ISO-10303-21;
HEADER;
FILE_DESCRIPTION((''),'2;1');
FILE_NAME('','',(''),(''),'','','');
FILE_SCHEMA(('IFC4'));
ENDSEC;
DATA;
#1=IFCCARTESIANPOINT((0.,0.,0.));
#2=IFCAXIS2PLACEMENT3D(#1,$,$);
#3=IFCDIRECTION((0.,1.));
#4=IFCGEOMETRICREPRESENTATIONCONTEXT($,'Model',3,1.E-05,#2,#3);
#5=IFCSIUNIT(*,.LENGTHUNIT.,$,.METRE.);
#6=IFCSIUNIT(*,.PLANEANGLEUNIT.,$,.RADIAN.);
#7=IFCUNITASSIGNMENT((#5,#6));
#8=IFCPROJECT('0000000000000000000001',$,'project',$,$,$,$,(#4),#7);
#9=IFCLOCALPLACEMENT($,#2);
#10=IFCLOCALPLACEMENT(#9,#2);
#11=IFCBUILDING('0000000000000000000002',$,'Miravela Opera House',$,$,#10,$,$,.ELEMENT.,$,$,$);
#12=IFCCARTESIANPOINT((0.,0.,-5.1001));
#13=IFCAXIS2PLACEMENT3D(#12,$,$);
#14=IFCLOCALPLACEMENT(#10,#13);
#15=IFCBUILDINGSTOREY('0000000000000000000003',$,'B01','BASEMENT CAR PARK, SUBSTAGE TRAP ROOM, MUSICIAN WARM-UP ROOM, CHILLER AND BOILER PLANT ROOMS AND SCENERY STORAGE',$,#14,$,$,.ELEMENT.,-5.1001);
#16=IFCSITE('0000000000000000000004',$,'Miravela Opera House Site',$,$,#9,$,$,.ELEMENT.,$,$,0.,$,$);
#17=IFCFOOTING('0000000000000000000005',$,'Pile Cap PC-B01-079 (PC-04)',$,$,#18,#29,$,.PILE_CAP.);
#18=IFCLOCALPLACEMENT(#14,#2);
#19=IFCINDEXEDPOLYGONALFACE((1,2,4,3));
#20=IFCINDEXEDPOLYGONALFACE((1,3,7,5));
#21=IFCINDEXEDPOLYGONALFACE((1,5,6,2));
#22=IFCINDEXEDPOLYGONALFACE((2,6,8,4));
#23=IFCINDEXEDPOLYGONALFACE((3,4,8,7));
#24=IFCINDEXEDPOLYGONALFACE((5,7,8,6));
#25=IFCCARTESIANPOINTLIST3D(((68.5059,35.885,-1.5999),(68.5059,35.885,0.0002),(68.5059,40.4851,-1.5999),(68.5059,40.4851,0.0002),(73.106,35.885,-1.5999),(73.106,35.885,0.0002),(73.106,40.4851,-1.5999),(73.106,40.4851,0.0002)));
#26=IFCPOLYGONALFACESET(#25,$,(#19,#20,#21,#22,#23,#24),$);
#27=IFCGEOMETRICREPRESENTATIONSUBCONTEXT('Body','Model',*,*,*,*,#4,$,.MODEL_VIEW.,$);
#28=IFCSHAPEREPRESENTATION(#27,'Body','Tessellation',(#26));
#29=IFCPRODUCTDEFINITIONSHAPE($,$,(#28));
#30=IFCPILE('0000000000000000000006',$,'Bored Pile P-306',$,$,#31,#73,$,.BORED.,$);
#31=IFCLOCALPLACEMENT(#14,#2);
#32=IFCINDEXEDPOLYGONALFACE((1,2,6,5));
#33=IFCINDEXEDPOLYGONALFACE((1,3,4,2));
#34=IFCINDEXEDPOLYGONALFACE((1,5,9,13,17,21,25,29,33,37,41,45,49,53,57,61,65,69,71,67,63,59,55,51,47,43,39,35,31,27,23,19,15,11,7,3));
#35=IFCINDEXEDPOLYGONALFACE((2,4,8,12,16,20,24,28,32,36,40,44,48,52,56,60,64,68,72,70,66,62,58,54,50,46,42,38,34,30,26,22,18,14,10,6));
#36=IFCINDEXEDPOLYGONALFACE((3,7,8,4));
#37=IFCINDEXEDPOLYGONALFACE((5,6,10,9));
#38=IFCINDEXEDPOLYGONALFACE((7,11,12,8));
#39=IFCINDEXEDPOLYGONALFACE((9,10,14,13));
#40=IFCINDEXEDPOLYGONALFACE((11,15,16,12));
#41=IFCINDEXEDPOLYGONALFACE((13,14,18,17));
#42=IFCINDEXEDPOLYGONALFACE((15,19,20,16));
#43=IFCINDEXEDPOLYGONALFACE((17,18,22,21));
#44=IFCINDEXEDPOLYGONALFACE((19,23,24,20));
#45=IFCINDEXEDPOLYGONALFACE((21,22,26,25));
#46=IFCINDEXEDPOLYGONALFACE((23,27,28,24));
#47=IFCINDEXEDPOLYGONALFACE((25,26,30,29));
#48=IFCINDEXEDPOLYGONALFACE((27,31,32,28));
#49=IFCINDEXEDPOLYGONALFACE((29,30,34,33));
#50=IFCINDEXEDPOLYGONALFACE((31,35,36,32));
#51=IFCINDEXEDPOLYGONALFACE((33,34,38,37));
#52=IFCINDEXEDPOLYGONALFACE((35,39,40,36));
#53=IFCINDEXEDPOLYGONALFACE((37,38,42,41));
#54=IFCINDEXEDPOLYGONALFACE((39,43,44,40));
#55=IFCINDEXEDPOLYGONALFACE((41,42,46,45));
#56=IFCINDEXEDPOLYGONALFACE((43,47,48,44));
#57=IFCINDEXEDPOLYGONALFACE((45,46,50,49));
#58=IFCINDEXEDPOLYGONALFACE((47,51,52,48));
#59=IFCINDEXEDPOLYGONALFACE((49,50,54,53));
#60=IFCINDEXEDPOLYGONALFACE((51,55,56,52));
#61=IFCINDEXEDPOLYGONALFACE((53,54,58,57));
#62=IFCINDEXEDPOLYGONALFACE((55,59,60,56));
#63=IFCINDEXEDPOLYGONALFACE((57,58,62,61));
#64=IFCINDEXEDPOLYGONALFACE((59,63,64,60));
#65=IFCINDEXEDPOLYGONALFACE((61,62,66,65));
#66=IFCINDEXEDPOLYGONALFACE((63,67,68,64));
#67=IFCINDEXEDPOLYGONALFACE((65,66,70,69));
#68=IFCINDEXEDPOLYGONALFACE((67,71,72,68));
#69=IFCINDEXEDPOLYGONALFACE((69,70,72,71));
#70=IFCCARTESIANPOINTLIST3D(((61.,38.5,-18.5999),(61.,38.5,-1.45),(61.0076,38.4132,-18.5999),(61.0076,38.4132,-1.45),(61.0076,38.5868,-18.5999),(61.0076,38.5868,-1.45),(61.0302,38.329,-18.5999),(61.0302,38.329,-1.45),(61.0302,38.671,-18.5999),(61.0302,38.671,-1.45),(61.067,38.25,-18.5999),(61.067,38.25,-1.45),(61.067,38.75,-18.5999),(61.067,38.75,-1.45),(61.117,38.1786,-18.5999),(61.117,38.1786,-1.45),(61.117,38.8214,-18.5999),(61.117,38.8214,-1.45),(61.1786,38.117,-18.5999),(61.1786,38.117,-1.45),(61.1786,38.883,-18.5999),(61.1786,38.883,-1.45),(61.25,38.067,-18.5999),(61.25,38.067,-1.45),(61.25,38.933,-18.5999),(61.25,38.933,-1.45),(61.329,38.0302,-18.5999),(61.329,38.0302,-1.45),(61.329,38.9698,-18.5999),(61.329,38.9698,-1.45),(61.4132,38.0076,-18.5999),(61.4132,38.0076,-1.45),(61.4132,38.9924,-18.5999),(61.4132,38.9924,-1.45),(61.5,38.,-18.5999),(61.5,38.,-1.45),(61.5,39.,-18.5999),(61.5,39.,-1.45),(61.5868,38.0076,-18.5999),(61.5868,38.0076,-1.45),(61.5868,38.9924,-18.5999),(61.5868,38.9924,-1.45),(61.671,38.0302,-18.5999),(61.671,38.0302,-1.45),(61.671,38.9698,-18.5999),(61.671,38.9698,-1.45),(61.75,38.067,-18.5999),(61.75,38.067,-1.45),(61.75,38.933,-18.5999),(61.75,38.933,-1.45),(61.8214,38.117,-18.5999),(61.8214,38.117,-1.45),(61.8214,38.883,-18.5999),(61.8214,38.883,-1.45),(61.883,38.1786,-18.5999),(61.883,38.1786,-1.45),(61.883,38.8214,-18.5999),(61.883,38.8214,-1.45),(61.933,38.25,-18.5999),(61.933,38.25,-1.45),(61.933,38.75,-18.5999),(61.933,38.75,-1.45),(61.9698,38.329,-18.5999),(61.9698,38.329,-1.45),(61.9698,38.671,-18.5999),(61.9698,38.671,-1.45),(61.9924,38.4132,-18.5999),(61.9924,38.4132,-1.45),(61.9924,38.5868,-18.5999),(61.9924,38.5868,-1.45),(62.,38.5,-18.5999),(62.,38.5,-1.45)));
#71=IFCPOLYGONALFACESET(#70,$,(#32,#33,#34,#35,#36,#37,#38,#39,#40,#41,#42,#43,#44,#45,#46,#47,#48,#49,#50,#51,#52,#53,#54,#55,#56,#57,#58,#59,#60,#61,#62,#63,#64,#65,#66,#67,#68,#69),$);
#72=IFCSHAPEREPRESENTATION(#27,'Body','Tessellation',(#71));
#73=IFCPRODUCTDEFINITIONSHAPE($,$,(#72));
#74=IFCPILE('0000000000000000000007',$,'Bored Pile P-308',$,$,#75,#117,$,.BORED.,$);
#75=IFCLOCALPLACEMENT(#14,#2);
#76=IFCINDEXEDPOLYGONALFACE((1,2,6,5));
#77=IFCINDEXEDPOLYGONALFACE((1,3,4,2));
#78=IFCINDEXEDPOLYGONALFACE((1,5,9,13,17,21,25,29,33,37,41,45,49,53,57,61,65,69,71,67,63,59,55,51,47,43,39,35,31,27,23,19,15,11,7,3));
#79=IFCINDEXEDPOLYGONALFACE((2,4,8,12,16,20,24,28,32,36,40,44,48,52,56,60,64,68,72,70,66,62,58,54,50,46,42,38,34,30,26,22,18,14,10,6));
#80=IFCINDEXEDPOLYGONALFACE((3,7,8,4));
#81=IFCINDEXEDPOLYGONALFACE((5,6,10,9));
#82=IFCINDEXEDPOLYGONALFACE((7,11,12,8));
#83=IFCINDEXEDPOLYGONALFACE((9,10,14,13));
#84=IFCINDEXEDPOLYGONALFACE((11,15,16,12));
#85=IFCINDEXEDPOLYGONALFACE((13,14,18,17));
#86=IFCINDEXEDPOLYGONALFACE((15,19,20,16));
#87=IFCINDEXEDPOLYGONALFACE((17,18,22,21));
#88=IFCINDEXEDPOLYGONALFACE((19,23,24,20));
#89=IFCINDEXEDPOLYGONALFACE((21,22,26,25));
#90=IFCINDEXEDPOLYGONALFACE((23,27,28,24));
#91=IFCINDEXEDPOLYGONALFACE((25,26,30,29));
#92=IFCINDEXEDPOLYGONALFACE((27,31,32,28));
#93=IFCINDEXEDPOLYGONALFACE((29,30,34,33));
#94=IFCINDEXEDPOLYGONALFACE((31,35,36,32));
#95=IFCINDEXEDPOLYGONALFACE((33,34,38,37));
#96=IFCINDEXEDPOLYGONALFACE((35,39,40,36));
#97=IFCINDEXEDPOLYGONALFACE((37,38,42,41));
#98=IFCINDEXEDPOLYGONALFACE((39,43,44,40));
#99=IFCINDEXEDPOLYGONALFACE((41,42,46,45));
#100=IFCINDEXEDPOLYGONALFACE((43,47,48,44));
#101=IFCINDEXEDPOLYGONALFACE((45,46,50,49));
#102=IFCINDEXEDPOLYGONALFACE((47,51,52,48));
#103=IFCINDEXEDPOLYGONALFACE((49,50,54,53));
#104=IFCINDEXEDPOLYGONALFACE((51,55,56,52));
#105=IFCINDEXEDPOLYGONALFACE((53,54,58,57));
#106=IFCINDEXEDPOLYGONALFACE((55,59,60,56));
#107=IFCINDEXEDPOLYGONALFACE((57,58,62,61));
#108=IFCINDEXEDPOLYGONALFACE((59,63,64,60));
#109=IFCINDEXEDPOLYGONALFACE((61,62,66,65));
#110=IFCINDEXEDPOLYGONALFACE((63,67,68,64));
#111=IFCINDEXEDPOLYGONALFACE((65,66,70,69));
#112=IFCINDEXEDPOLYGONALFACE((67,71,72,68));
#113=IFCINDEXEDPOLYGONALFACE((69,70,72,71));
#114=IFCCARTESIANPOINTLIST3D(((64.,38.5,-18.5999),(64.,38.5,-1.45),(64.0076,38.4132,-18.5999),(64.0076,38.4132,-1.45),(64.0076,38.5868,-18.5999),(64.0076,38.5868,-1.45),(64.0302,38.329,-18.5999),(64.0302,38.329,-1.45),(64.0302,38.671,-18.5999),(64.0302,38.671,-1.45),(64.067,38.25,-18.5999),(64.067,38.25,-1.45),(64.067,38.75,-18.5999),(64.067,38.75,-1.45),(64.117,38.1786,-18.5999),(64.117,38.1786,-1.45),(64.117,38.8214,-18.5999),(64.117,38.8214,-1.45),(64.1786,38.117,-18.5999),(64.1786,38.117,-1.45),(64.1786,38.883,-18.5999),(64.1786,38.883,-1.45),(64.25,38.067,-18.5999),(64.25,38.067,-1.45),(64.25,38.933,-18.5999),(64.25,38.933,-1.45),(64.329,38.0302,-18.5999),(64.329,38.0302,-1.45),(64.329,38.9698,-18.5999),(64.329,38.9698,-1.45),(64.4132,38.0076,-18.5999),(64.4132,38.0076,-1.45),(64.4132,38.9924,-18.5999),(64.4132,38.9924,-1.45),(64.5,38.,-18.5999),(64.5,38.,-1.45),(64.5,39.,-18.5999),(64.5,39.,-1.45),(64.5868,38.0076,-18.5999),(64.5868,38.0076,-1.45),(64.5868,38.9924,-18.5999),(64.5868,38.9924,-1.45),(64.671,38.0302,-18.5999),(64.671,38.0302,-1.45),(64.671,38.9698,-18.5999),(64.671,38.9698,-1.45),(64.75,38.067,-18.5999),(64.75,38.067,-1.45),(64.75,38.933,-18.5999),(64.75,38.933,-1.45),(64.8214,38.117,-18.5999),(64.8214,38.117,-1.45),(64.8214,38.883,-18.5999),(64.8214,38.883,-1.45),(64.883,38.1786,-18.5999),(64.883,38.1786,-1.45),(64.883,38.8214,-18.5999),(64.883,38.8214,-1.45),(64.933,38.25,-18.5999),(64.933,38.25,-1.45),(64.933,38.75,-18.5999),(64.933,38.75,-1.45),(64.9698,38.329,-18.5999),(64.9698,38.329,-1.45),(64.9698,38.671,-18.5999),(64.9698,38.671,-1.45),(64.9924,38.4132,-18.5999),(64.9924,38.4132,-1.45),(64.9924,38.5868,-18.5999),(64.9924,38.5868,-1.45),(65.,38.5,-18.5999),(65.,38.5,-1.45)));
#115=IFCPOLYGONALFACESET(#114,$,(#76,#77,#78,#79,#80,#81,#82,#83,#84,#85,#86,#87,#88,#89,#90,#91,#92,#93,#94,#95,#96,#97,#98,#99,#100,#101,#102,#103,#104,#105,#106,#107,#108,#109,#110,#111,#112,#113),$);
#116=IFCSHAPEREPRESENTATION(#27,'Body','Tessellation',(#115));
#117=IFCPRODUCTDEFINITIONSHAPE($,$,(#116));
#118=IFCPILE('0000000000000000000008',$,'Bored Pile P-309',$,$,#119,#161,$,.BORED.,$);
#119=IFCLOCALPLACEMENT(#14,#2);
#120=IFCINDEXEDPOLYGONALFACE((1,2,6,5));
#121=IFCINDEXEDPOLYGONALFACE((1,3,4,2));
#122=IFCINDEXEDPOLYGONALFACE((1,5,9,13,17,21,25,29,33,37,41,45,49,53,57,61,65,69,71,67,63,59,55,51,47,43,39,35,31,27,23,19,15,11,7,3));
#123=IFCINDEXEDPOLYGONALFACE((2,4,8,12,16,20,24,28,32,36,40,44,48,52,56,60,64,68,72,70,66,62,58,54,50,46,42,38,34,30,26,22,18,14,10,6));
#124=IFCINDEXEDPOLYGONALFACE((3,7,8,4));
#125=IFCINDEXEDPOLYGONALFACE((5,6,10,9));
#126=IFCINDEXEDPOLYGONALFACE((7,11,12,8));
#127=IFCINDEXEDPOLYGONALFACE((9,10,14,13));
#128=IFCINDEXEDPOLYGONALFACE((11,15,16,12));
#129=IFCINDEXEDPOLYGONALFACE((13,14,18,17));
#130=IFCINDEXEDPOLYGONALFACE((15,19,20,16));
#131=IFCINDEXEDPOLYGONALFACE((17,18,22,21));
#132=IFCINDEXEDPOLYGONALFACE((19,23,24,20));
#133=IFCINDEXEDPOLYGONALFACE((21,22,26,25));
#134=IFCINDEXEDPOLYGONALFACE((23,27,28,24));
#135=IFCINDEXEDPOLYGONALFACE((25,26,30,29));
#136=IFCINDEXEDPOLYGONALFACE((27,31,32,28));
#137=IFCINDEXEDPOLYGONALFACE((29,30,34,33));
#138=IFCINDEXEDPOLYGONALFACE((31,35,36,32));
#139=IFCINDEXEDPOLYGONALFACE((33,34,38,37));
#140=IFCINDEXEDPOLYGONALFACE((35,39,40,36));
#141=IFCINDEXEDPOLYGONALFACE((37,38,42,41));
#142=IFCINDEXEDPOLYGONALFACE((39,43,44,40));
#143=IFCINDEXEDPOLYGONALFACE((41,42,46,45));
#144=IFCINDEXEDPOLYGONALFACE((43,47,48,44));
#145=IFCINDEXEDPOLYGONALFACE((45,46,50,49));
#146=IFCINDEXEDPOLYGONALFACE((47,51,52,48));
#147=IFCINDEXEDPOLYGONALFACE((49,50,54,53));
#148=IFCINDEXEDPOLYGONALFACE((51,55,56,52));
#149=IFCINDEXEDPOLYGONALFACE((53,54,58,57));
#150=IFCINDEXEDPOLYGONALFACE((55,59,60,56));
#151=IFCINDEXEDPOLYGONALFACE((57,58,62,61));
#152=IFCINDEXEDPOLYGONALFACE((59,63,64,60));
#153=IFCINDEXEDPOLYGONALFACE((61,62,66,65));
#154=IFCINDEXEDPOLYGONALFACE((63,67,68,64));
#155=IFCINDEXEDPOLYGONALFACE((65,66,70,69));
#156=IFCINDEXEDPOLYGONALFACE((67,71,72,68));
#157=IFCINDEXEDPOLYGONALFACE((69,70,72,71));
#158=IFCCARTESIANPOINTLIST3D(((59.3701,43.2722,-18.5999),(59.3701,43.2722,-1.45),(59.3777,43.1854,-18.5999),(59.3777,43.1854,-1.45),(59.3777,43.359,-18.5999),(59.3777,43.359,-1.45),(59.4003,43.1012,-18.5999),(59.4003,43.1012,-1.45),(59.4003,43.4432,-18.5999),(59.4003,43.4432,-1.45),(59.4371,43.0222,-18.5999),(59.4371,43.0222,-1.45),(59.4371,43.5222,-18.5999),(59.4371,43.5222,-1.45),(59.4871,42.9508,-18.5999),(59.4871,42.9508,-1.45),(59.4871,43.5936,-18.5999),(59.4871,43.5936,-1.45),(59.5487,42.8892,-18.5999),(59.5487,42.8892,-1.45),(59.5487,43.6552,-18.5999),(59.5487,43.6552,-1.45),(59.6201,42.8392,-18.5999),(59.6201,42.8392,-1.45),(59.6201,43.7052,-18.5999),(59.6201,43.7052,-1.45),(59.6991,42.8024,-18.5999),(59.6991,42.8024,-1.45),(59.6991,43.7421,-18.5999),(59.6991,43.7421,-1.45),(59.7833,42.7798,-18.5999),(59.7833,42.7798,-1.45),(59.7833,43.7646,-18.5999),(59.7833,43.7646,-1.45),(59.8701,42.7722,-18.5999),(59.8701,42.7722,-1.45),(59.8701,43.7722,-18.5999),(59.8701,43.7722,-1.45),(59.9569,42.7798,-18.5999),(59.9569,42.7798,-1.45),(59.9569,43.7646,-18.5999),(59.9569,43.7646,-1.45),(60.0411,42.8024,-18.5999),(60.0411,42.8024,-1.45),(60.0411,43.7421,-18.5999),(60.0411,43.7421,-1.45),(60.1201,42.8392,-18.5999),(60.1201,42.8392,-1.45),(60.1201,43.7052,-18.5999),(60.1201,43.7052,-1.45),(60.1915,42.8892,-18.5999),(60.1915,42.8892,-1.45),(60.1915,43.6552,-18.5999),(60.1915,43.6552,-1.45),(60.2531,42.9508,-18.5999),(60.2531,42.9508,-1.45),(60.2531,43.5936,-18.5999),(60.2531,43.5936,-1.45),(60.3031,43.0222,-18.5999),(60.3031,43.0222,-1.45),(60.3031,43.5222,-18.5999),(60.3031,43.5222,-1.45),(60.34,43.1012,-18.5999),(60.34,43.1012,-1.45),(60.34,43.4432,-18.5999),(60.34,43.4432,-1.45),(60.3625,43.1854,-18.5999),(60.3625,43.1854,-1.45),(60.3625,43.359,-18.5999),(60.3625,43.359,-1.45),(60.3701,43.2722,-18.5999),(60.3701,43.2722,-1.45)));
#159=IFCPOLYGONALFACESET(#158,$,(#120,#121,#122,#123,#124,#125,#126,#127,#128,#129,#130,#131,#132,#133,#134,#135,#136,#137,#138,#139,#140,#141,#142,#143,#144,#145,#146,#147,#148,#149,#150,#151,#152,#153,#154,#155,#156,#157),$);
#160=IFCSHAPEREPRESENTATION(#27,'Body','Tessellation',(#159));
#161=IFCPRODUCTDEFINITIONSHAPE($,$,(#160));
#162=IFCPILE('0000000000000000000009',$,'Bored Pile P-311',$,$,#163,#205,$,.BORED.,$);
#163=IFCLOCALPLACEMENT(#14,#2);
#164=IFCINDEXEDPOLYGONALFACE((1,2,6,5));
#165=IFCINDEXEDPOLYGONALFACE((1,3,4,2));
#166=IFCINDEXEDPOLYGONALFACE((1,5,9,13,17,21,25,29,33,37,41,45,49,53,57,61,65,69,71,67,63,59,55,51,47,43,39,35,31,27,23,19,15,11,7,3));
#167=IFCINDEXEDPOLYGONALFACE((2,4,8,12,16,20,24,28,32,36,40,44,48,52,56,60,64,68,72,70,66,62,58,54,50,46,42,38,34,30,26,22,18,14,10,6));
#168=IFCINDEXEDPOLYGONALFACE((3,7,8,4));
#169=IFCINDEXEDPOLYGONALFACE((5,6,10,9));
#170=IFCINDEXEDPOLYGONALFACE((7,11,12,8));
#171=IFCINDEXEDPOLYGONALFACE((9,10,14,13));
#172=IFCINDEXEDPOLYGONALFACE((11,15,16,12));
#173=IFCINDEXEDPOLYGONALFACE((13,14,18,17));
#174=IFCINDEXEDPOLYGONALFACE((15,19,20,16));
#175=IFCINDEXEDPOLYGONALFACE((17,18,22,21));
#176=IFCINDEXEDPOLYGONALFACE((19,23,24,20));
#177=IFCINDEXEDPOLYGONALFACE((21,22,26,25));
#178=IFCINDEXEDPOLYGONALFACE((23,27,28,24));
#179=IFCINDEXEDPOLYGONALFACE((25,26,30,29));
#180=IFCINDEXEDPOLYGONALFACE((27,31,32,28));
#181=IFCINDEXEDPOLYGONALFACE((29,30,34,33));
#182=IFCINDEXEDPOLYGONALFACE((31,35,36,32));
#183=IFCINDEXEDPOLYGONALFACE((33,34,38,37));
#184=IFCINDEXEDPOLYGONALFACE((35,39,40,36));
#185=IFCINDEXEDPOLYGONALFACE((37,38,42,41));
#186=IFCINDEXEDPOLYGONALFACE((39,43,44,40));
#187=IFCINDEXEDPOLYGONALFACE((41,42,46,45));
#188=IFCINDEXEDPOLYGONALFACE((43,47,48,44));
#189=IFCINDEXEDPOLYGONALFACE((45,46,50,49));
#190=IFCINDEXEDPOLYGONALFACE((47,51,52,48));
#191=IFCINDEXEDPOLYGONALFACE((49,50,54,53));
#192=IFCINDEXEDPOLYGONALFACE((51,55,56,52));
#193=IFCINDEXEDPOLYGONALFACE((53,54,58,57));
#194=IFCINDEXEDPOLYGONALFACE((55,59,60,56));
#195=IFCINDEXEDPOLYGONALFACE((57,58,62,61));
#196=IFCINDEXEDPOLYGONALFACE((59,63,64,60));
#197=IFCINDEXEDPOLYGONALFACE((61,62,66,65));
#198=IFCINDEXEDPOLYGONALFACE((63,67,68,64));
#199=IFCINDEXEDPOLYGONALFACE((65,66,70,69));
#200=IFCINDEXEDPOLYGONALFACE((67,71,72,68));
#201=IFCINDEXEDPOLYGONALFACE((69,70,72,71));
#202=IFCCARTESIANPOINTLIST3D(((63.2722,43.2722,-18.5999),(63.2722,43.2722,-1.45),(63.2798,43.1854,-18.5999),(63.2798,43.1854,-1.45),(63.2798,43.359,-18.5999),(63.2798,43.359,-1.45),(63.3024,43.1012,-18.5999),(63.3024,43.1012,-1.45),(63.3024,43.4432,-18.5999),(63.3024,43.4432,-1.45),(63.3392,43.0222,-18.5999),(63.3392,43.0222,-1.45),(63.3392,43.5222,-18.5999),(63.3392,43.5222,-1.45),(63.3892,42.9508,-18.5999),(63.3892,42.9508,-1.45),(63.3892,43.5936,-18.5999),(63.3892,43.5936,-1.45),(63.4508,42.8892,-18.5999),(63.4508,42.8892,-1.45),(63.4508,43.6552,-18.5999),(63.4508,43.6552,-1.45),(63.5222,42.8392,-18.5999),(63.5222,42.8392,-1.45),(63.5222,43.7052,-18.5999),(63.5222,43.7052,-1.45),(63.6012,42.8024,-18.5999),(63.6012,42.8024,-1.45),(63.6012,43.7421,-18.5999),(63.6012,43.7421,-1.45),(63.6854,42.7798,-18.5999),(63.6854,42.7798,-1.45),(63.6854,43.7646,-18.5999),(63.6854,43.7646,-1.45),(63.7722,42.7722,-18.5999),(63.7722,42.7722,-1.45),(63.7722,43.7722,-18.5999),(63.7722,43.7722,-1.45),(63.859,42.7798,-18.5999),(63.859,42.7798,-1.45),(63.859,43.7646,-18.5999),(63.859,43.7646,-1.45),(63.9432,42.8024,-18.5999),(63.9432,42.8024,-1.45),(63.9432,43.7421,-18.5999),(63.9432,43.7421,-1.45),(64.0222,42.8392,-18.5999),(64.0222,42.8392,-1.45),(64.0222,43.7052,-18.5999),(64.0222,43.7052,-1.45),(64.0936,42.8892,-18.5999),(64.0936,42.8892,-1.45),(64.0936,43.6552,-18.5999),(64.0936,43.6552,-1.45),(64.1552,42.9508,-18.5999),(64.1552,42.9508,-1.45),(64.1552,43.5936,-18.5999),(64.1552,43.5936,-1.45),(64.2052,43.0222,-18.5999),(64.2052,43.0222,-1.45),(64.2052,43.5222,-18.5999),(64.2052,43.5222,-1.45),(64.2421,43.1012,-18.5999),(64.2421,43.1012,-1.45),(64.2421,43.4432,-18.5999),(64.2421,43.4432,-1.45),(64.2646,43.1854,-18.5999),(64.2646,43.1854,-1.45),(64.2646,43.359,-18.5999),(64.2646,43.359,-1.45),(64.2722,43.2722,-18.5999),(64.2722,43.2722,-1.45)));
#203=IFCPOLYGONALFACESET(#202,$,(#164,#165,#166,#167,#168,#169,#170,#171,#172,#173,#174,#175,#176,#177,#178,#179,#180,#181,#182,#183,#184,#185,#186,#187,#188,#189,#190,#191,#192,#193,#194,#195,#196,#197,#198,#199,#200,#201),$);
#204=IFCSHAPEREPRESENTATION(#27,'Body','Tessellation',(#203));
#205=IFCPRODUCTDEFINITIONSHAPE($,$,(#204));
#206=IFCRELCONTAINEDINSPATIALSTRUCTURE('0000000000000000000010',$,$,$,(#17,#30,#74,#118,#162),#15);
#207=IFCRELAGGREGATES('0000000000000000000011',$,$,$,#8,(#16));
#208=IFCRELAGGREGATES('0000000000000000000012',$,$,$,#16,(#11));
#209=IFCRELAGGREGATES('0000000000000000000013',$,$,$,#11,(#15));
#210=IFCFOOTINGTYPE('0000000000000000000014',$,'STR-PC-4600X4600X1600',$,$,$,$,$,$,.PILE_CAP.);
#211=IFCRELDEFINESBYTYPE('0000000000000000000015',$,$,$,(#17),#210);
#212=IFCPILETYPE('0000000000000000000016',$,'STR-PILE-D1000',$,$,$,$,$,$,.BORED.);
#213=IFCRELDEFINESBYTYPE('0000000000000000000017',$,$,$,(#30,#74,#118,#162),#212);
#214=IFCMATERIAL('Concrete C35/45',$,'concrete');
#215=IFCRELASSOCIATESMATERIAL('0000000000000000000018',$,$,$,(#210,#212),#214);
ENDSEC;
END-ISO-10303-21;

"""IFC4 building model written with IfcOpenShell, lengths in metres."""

from ifc_helpers import new_model, si_unit, direction, frame, origin, origin_2d, place, context, subcontext, project, spatial, rectangle, circle, extrude, material, material_profile, profile_set, type_object, element, save


model = new_model("IFC4")

# Units and contexts
model_context = context("Model", 3, precision=1e-05, world=origin(), true_north=direction((0.0, 1.0)))
body_context = subcontext(model_context, "Body", "Model", "MODEL_VIEW")
ifc_project = project(units=[si_unit("LENGTHUNIT", "METRE"), si_unit("PLANEANGLEUNIT", "RADIAN")], contexts=[model_context])

# Site, building, storey
site_placement = place(None, origin())
site = spatial("IfcSite", under=ifc_project, at=site_placement, Name="Miravela Opera House Site", CompositionType="ELEMENT", RefElevation=0.0)
building_placement = place(site_placement, origin())
building = spatial("IfcBuilding", under=site, at=building_placement, Name="Miravela Opera House", CompositionType="ELEMENT")
storey_placement = place(building_placement, frame((0.0, 0.0, -5.1001)))
storey = spatial("IfcBuildingStorey", under=building, at=storey_placement, Name="B01", Description="BASEMENT CAR PARK, SUBSTAGE TRAP ROOM, MUSICIAN WARM-UP ROOM, CHILLER AND BOILER PLANT ROOMS AND SCENERY STORAGE", CompositionType="ELEMENT", Elevation=-5.1001)

# Footing
ifc_material_1 = material(Name="Concrete C35/45", Category="concrete")
footing_type = type_object("IfcFootingType", Name="STR-PC-4600X4600X1600", PredefinedType="PILE_CAP", material=ifc_material_1)
footing_placement = place(storey_placement, frame((70.8059, 38.1851, -1.5999), z_axis=(0.0, 0.0, 1.0), x_axis=(1.0, 0.0, 0.0)))
element("IfcFooting", 1, at=footing_placement, inside=storey, type_object=footing_type, Name="Pile Cap PC-B01-079 (PC-04)", PredefinedType="PILE_CAP", context=body_context, shape_type="SweptSolid", body=[
    extrude(rectangle(XDim=4.6001, YDim=4.6001, at=origin_2d()), origin(), (0.0, 0.0, 1.0), 1.6001),
])

# Piles
ifc_material_profile_1 = material_profile(ifc_material_1, circle(Radius=0.5, at=origin_2d()), Name="PILE-D1000")
ifc_profile_set_1 = profile_set([ifc_material_profile_1])
pile_type_1 = type_object("IfcPileType", Name="STR-PILE-D1000", PredefinedType="BORED", material=ifc_profile_set_1)
for number, where, z_axis, x_axis, name in (
    (2, (61.5, 38.5, -1.45), (0.0, 0.0, -1.0), (1.0, 0.0, 0.0), "Bored Pile P-306"),
    (3, (64.5, 38.5, -1.45), (0.0, 0.0, -1.0), (1.0, 0.0, 0.0), "Bored Pile P-308"),
    (4, (59.8701, 43.2722, -1.45), (0.0, 0.0, -1.0), (1.0, 0.0, 0.0), "Bored Pile P-309"),
    (5, (63.7722, 43.2722, -1.45), (0.0, 0.0, -1.0), (1.0, 0.0, 0.0), "Bored Pile P-311"),
):
    element("IfcPile", number, at=place(storey_placement, frame(where, z_axis=z_axis, x_axis=x_axis)), inside=storey, type_object=pile_type_1, Name=name, PredefinedType="BORED", context=body_context, shape_type="SweptSolid", body=[
        extrude(circle(Radius=0.5, at=origin_2d()), origin(), (0.0, 0.0, 1.0), 17.1499),
    ])

save(model, "model.ifc")
